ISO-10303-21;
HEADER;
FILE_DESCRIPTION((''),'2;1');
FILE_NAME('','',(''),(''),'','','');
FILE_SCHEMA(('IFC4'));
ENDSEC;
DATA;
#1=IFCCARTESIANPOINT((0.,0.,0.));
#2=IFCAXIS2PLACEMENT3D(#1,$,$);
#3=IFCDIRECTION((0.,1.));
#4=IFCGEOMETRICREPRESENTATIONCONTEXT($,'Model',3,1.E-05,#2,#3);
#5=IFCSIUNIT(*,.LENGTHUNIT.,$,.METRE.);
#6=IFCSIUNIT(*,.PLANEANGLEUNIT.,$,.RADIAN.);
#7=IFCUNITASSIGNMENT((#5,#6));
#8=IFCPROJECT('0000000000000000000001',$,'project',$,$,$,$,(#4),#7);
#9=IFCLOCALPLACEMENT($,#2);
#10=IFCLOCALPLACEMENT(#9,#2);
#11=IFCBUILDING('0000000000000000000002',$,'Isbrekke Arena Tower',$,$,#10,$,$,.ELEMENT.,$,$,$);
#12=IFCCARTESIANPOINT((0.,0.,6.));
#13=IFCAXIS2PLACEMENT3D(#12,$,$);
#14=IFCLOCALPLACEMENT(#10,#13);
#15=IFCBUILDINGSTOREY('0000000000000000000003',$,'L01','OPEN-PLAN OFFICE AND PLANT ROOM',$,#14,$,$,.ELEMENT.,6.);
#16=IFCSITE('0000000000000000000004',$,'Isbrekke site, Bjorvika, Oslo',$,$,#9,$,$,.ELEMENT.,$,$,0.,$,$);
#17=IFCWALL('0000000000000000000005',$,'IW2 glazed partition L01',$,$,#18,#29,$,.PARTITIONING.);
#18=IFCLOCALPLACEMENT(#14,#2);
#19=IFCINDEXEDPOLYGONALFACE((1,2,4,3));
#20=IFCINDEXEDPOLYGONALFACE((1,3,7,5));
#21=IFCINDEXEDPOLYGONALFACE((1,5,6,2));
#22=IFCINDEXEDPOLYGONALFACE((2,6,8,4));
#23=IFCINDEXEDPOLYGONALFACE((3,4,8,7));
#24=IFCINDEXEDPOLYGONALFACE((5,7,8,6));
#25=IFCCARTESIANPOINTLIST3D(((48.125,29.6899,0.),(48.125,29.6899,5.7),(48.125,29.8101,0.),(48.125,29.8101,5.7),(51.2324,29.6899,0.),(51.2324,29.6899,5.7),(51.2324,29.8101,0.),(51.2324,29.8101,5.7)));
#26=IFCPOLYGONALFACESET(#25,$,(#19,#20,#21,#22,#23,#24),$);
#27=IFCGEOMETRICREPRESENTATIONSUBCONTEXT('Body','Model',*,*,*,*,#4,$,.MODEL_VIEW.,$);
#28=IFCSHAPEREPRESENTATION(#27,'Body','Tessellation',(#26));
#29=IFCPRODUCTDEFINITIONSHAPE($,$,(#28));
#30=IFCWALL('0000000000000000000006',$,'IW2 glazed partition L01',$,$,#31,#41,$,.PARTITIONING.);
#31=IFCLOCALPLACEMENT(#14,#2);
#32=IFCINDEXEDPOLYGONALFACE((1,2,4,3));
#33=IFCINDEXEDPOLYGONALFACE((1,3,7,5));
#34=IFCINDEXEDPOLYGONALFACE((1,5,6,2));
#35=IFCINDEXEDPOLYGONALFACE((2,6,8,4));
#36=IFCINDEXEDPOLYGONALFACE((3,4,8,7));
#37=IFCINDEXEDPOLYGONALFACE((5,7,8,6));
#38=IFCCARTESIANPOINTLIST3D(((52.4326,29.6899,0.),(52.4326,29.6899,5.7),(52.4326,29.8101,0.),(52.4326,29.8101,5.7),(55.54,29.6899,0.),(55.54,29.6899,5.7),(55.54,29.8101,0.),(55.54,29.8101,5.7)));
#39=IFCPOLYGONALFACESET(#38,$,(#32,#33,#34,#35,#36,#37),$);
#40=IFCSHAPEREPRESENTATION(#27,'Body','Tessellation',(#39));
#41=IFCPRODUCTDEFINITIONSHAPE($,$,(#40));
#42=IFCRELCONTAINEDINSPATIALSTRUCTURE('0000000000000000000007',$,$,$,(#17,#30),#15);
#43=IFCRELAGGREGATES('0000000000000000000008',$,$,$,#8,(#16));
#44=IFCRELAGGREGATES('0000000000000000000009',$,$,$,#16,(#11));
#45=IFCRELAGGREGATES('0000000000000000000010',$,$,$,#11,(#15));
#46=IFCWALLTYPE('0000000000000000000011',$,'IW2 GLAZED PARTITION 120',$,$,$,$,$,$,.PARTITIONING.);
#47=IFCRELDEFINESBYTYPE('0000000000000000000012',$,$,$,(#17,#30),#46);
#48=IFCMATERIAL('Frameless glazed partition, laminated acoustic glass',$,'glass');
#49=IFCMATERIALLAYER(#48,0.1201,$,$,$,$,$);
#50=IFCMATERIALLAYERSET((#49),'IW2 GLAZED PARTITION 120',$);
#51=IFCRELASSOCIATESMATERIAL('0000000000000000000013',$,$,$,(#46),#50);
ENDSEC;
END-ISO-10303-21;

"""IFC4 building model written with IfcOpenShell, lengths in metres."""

from ifc_helpers import new_model, si_unit, direction, frame, frame_2d, origin, place, context, subcontext, project, spatial, rectangle, extrude, material, layer, layer_set, type_object, element, save


model = new_model("IFC4")

# Units and contexts
model_context = context("Model", 3, precision=1e-05, world=origin(), true_north=direction((0.0, 1.0)))
body_context = subcontext(model_context, "Body", "Model", "MODEL_VIEW")
ifc_project = project(units=[si_unit("LENGTHUNIT", "METRE"), si_unit("PLANEANGLEUNIT", "RADIAN")], contexts=[model_context])

# Site, building, storey
site_placement = place(None, origin())
site = spatial("IfcSite", under=ifc_project, at=site_placement, Name="Isbrekke site, Bjorvika, Oslo", CompositionType="ELEMENT", RefElevation=0.0)
building_placement = place(site_placement, origin())
building = spatial("IfcBuilding", under=site, at=building_placement, Name="Isbrekke Arena Tower", CompositionType="ELEMENT")
storey_placement = place(building_placement, frame((0.0, 0.0, 6.0)))
storey = spatial("IfcBuildingStorey", under=building, at=storey_placement, Name="L01", Description="OPEN-PLAN OFFICE AND PLANT ROOM", CompositionType="ELEMENT", Elevation=6.0)

# Walls
ifc_material_1 = material(Name="Frameless glazed partition, laminated acoustic glass", Category="glass")
ifc_layer = layer(ifc_material_1, 0.1201)
ifc_layer_set = layer_set([ifc_layer], Name="IW2 GLAZED PARTITION 120")
wall_type = type_object("IfcWallType", Name="IW2 GLAZED PARTITION 120", PredefinedType="PARTITIONING", material=ifc_layer_set)
for number, where, z_axis, x_axis, name in (
    (1, (48.125, 29.75, 0.0), (0.0, 0.0, 1.0), (1.0, 0.0, 0.0), "IW2 glazed partition L01"),
    (2, (52.4326, 29.75, 0.0), (0.0, 0.0, 1.0), (1.0, 0.0, 0.0), "IW2 glazed partition L01"),
):
    element("IfcWall", number, at=place(storey_placement, frame(where, z_axis=z_axis, x_axis=x_axis)), inside=storey, type_object=wall_type, Name=name, PredefinedType="PARTITIONING", context=body_context, shape_type="SweptSolid", body=[
        extrude(rectangle(XDim=3.1074, YDim=0.1201, at=frame_2d((1.5537, 0.0))), origin(), (0.0, 0.0, 1.0), 5.7),
    ])

save(model, "model.ifc")
